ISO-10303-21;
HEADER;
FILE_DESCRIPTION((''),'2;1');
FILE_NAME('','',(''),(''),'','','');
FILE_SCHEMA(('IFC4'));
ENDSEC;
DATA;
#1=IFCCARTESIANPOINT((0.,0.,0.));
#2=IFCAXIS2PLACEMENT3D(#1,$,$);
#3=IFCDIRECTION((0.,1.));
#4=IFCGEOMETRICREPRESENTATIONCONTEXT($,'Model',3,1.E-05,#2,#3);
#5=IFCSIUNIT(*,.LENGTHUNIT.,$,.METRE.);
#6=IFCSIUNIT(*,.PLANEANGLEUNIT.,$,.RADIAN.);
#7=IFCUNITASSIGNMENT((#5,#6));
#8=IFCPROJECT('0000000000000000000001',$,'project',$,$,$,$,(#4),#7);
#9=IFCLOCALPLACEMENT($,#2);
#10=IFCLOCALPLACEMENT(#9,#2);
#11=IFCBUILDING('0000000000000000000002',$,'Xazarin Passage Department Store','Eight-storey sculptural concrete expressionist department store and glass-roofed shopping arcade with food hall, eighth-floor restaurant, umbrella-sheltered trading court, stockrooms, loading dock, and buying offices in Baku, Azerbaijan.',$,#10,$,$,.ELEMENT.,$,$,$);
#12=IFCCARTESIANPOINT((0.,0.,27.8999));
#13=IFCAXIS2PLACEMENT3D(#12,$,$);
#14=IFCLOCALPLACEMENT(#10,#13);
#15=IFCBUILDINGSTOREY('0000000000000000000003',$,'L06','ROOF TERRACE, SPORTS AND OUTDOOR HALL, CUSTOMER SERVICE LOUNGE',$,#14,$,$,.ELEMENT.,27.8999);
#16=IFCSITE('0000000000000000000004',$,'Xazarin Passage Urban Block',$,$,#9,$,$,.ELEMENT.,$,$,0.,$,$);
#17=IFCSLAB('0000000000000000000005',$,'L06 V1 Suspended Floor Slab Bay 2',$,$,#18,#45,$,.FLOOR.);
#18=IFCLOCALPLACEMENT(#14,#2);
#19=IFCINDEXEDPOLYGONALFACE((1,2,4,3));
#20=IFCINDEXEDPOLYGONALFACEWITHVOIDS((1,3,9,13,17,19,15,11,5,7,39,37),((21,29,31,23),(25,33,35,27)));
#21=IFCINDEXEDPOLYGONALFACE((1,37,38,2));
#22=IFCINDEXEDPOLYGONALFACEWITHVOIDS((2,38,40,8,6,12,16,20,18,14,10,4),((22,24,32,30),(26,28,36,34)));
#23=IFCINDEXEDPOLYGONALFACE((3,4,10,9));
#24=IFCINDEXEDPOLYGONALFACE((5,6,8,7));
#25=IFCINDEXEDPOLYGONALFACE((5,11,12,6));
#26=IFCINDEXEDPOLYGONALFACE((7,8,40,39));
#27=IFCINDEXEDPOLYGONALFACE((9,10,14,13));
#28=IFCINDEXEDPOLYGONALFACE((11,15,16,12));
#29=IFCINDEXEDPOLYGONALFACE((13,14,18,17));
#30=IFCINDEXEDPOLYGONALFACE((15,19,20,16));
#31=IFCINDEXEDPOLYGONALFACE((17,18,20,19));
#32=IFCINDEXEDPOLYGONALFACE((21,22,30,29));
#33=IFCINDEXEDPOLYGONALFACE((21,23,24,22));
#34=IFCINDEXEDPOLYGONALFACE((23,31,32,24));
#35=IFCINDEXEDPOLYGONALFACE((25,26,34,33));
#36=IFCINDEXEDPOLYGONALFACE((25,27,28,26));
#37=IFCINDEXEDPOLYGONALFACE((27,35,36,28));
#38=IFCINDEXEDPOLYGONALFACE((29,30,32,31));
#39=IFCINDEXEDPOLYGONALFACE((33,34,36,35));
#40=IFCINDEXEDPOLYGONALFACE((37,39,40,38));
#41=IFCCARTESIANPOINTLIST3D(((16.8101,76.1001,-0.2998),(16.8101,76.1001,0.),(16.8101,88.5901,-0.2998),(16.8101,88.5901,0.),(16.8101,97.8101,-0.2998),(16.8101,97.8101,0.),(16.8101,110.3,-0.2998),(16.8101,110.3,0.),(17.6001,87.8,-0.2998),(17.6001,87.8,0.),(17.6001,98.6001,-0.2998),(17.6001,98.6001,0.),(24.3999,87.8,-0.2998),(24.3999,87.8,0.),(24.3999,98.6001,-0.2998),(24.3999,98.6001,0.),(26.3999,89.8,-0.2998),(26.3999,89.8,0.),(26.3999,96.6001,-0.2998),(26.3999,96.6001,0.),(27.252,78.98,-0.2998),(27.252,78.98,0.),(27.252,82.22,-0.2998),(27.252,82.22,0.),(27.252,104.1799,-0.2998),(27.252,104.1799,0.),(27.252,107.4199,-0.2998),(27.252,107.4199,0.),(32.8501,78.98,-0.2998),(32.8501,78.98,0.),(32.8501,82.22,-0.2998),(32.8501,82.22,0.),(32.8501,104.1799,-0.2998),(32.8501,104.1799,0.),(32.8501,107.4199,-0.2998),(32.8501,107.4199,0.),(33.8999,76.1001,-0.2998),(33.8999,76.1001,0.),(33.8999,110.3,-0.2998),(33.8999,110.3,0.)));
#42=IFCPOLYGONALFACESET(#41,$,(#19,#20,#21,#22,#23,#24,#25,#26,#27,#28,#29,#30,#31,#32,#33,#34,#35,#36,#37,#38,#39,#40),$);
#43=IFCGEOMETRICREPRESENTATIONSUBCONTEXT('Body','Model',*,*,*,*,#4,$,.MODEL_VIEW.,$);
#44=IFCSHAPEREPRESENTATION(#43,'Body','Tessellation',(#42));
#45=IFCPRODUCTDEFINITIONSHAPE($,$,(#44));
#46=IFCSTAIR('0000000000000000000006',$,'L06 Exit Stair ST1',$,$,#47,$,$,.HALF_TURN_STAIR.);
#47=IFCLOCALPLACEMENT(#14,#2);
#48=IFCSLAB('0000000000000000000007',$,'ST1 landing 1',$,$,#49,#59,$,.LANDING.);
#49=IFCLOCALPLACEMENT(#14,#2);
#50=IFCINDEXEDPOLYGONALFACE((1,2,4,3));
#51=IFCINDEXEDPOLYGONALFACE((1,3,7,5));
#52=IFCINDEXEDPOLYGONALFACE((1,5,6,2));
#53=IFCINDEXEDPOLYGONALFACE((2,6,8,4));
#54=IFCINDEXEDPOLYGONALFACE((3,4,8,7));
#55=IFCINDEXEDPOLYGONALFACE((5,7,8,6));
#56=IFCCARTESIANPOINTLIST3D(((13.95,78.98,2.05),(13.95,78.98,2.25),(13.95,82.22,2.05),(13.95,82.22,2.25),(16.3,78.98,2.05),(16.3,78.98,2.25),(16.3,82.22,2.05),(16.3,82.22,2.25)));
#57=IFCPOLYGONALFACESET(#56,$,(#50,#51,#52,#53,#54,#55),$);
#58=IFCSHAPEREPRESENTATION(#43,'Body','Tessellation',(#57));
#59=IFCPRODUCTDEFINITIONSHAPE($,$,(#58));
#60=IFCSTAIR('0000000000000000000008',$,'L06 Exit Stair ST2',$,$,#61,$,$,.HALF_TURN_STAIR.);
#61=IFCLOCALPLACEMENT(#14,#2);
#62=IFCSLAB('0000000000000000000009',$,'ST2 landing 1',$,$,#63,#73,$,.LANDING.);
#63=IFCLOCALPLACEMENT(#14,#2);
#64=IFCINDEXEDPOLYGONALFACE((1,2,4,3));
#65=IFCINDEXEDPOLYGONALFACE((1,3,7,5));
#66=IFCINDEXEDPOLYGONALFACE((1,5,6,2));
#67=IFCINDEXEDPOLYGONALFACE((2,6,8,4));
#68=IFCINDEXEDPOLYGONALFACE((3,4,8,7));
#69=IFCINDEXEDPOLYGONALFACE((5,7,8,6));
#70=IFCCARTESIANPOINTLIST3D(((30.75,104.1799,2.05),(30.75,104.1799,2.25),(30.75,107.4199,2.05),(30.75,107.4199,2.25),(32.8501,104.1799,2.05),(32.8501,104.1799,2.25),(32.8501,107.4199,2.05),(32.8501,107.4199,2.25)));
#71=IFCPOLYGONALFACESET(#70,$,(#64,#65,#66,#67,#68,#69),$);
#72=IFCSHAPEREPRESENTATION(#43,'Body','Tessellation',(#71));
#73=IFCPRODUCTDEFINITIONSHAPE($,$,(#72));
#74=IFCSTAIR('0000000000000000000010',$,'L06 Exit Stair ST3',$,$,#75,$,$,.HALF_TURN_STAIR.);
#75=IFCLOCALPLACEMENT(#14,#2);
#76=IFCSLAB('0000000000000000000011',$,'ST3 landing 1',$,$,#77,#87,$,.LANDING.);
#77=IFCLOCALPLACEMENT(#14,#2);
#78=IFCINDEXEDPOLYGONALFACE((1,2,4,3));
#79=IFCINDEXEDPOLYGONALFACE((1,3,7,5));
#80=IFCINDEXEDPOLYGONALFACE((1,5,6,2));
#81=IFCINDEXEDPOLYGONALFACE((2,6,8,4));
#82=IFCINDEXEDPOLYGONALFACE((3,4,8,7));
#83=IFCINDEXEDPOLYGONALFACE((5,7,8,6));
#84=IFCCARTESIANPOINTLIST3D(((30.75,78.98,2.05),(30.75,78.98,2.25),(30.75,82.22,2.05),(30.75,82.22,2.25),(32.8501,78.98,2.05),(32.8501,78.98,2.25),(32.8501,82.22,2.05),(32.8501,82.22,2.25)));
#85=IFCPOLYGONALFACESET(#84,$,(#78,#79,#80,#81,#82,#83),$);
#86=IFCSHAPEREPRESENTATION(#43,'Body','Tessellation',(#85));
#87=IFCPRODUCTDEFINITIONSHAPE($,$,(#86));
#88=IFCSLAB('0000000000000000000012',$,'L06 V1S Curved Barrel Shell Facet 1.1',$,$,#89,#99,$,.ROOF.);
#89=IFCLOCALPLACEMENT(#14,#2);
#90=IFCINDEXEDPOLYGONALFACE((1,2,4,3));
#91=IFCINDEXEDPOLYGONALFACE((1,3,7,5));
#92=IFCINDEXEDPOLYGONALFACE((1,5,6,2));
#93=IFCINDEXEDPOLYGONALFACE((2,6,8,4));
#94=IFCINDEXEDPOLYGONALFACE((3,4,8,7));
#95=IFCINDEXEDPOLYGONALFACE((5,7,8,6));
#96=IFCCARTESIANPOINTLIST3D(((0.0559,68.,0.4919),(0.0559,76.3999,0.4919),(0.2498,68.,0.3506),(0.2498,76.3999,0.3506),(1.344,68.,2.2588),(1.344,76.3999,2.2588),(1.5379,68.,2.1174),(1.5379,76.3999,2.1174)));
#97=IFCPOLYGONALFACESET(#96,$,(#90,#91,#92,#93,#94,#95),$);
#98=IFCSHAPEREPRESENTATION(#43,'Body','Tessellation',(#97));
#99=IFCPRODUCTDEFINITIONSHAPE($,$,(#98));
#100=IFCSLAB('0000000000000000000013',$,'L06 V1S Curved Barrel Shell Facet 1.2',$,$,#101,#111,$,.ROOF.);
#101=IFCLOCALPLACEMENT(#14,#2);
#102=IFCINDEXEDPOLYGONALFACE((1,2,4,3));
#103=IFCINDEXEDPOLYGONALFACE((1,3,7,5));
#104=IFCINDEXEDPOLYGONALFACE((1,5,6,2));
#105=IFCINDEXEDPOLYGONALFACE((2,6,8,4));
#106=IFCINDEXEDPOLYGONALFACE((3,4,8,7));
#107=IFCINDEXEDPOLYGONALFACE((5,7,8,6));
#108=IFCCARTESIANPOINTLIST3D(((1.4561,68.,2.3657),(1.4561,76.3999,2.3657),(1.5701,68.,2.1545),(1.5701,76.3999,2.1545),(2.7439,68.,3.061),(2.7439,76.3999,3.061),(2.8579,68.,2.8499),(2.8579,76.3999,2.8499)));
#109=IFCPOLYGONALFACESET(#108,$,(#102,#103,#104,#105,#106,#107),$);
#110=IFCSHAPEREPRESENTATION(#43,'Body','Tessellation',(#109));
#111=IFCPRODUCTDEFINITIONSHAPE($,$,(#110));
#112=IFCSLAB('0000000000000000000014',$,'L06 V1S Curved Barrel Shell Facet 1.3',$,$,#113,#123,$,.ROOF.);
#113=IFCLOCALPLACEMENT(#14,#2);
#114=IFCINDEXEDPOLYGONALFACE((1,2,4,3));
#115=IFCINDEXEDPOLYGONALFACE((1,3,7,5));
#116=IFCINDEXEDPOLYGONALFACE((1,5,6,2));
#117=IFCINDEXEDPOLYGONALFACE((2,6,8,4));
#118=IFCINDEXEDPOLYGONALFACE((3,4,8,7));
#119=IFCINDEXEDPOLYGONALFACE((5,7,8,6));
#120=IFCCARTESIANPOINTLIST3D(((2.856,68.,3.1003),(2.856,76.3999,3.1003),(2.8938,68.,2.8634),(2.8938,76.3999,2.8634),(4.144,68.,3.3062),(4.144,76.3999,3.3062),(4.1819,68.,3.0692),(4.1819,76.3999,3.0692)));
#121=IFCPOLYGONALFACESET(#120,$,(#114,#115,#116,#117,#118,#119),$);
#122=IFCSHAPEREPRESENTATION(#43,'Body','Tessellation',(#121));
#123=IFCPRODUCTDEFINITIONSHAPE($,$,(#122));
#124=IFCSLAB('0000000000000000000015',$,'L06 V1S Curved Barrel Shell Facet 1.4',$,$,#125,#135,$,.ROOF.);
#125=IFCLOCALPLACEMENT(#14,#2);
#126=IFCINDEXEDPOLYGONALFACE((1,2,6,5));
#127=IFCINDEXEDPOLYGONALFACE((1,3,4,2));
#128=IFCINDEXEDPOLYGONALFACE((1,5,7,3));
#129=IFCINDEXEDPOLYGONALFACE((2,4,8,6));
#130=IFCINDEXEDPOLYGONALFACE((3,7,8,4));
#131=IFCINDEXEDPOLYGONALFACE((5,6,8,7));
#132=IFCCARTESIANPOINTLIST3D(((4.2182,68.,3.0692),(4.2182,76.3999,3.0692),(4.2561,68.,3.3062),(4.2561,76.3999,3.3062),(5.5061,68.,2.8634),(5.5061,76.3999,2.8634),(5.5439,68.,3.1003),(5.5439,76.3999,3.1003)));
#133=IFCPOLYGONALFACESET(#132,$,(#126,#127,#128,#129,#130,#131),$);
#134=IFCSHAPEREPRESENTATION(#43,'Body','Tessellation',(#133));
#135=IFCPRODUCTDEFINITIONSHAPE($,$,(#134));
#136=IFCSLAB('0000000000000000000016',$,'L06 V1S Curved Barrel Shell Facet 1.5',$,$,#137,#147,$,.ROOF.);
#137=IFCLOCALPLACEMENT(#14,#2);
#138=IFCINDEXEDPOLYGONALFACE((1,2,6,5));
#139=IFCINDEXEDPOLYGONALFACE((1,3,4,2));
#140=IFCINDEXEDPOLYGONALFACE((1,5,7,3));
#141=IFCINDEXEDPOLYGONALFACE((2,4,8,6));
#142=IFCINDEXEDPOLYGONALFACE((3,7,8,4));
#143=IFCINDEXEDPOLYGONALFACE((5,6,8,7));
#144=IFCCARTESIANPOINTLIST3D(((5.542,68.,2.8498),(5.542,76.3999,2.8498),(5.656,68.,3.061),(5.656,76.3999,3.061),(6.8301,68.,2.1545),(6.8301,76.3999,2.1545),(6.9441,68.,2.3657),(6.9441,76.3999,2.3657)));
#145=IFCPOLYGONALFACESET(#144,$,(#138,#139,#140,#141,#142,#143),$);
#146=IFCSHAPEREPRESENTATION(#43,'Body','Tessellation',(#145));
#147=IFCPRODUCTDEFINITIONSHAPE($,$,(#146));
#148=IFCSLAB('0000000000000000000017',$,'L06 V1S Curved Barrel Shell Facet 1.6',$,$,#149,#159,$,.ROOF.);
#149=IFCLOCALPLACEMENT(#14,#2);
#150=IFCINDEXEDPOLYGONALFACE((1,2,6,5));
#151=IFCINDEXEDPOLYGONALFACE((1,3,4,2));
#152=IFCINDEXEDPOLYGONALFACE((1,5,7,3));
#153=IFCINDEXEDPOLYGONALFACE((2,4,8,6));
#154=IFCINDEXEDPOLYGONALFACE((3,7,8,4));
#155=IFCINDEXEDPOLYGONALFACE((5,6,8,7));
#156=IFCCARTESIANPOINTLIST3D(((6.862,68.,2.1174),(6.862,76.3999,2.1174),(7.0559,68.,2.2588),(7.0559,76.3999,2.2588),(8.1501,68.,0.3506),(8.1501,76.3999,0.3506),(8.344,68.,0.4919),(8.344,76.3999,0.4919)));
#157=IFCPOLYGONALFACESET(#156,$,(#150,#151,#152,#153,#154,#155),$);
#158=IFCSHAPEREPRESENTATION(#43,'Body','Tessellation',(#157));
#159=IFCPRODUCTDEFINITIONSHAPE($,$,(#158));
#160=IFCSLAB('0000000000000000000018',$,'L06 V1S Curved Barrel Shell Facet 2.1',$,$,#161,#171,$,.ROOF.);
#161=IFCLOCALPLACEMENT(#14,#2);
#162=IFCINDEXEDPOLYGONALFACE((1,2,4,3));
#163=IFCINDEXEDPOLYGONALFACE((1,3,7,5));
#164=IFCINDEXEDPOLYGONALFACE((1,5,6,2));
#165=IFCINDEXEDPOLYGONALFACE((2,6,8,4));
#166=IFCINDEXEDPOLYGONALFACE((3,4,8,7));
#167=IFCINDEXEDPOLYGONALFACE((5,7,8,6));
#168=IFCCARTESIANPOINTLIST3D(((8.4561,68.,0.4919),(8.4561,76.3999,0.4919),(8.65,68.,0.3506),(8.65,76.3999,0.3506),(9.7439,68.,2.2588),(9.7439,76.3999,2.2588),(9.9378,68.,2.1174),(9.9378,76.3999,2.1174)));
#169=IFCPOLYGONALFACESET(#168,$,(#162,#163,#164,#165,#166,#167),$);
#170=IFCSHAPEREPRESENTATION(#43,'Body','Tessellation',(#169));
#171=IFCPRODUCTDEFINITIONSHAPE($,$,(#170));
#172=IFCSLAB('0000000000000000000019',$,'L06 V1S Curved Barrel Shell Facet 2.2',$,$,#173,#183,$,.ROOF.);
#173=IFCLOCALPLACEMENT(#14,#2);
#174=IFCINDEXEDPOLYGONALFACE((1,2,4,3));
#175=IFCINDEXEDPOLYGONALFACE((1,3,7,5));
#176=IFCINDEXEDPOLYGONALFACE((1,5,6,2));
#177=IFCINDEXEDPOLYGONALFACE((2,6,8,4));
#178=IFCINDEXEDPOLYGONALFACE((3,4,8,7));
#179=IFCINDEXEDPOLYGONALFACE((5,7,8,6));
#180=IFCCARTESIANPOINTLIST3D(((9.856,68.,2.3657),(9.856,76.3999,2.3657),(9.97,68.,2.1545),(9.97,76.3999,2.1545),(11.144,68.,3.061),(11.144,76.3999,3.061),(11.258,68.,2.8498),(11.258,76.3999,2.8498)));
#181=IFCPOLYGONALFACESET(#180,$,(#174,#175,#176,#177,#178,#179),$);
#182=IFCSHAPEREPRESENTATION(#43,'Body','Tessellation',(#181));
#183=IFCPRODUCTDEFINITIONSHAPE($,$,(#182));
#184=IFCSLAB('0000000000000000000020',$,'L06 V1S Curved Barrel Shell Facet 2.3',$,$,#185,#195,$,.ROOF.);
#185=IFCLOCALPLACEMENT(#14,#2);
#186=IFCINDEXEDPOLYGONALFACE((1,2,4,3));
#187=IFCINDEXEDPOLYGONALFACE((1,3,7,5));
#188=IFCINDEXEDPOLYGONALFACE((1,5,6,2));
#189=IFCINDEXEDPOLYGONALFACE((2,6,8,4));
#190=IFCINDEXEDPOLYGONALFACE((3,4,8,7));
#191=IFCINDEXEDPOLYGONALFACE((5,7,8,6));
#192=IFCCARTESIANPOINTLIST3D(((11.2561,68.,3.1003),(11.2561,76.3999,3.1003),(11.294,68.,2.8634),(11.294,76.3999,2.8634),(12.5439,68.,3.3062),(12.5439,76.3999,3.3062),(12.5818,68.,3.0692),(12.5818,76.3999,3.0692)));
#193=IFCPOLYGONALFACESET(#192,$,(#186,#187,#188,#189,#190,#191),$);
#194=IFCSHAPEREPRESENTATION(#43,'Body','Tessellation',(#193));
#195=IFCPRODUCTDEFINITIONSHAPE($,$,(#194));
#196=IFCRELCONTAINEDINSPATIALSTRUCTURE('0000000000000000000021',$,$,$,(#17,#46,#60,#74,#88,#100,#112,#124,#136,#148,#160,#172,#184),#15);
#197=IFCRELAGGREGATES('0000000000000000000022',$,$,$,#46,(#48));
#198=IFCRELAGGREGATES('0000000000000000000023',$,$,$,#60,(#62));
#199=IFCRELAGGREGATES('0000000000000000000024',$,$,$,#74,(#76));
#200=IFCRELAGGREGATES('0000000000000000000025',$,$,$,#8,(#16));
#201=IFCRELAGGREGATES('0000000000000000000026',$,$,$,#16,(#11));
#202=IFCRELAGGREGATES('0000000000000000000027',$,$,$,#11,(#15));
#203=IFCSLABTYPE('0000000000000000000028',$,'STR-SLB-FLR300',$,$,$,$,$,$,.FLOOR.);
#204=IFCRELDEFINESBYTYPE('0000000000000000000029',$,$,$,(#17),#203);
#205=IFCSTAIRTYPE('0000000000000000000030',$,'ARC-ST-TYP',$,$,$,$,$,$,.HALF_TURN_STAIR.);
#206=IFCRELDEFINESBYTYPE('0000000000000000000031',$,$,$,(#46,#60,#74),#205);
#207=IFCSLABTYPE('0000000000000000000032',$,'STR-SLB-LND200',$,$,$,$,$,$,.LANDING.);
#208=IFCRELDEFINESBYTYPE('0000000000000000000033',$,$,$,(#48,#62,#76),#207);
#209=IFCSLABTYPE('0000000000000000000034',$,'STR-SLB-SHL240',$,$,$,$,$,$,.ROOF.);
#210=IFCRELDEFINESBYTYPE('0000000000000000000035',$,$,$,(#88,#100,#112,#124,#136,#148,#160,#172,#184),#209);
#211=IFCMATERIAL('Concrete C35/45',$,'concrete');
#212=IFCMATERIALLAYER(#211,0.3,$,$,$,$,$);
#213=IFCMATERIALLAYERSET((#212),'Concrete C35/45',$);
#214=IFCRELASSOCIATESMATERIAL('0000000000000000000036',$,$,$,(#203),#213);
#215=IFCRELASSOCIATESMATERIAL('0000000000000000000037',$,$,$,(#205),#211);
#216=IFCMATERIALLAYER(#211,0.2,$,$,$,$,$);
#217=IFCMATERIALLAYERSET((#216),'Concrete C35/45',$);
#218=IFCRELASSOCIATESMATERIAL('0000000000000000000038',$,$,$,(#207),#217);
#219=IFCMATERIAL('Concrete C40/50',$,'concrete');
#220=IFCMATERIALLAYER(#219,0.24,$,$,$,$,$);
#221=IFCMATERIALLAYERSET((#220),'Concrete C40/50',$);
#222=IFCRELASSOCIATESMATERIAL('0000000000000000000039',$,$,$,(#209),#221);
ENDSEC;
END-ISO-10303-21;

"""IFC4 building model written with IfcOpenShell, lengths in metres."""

from ifc_helpers import new_model, si_unit, direction, frame, origin, place, context, subcontext, project, spatial, polyline, outline, extrude, material, layer, layer_set, type_object, element, aggregate, save


model = new_model("IFC4")

# Units and contexts
model_context = context("Model", 3, precision=1e-05, world=origin(), true_north=direction((0.0, 1.0)))
body_context = subcontext(model_context, "Body", "Model", "MODEL_VIEW")
ifc_project = project(units=[si_unit("LENGTHUNIT", "METRE"), si_unit("PLANEANGLEUNIT", "RADIAN")], contexts=[model_context])

# Site, building, storey
site_placement = place(None, origin())
site = spatial("IfcSite", under=ifc_project, at=site_placement, Name="Xazarin Passage Urban Block", CompositionType="ELEMENT", RefElevation=0.0)
building_placement = place(site_placement, origin())
building = spatial("IfcBuilding", under=site, at=building_placement, Name="Xazarin Passage Department Store", Description="Eight-storey sculptural concrete expressionist department store and glass-roofed shopping arcade with food hall, eighth-floor restaurant, umbrella-sheltered trading court, stockrooms, loading dock, and buying offices in Baku, Azerbaijan.", CompositionType="ELEMENT")
storey_placement = place(building_placement, frame((0.0, 0.0, 27.8999)))
storey = spatial("IfcBuildingStorey", under=building, at=storey_placement, Name="L06", Description="ROOF TERRACE, SPORTS AND OUTDOOR HALL, CUSTOMER SERVICE LOUNGE", CompositionType="ELEMENT", Elevation=27.8999)

# Slab
ifc_material_1 = material(Name="Concrete C35/45", Category="concrete")
ifc_layer_1 = layer(ifc_material_1, 0.3)
ifc_layer_set_1 = layer_set([ifc_layer_1], Name="Concrete C35/45")
slab_type_1 = type_object("IfcSlabType", Name="STR-SLB-FLR300", PredefinedType="FLOOR", material=ifc_layer_set_1)
slab_1_placement = place(storey_placement, frame((0.0, 0.0, -0.2998)))
element("IfcSlab", 1, at=slab_1_placement, inside=storey, type_object=slab_type_1, Name="L06 V1 Suspended Floor Slab Bay 2", PredefinedType="FLOOR", context=body_context, shape_type="SweptSolid", body=[
    extrude(outline(polyline([(33.8999, 76.1001), (33.8999, 110.3), (16.8101, 110.3), (16.8101, 97.8101), (17.6001, 98.6001), (24.3999, 98.6001), (26.3999, 96.6001), (26.3999, 89.8), (24.3999, 87.8), (17.6001, 87.8), (16.8101, 88.5901), (16.8101, 76.1001), (33.8999, 76.1001)]), holes=[polyline([(32.8501, 82.22), (32.8501, 78.98), (27.252, 78.98), (27.252, 82.22), (32.8501, 82.22)]), polyline([(32.8501, 107.4199), (32.8501, 104.1799), (27.252, 104.1799), (27.252, 107.4199), (32.8501, 107.4199)])]), origin(), (0.0, 0.0, 1.0), 0.2998),
])

# Stairs, slabs
stair_type = type_object("IfcStairType", Name="ARC-ST-TYP", PredefinedType="HALF_TURN_STAIR", material=ifc_material_1)
stair_1_placement = place(storey_placement, origin())
stair_1 = element("IfcStair", 2, at=stair_1_placement, inside=storey, type_object=stair_type, Name="L06 Exit Stair ST1", PredefinedType="HALF_TURN_STAIR")
ifc_layer_2 = layer(ifc_material_1, 0.2)
ifc_layer_set_2 = layer_set([ifc_layer_2], Name="Concrete C35/45")
slab_type_2 = type_object("IfcSlabType", Name="STR-SLB-LND200", PredefinedType="LANDING", material=ifc_layer_set_2)
slab_2_placement = place(storey_placement, frame((0.0, 0.0, 2.05)))
slab_2 = element("IfcSlab", 3, at=slab_2_placement, type_object=slab_type_2, Name="ST1 landing 1", PredefinedType="LANDING", context=body_context, shape_type="SweptSolid", body=[
    extrude(outline(polyline([(13.95, 78.98), (16.3, 78.98), (16.3, 82.22), (13.95, 82.22), (13.95, 78.98)])), origin(), (0.0, 0.0, 1.0), 0.2),
])
aggregate(stair_1, [slab_2])
stair_2_placement = place(storey_placement, origin())
stair_2 = element("IfcStair", 4, at=stair_2_placement, inside=storey, type_object=stair_type, Name="L06 Exit Stair ST2", PredefinedType="HALF_TURN_STAIR")
slab_3_placement = place(storey_placement, frame((0.0, 0.0, 2.05)))
slab_3 = element("IfcSlab", 5, at=slab_3_placement, type_object=slab_type_2, Name="ST2 landing 1", PredefinedType="LANDING", context=body_context, shape_type="SweptSolid", body=[
    extrude(outline(polyline([(30.75, 104.1799), (32.8501, 104.1799), (32.8501, 107.4199), (30.75, 107.4199), (30.75, 104.1799)])), origin(), (0.0, 0.0, 1.0), 0.2),
])
aggregate(stair_2, [slab_3])
stair_3_placement = place(storey_placement, origin())
stair_3 = element("IfcStair", 6, at=stair_3_placement, inside=storey, type_object=stair_type, Name="L06 Exit Stair ST3", PredefinedType="HALF_TURN_STAIR")
slab_4_placement = place(storey_placement, frame((0.0, 0.0, 2.05)))
slab_4 = element("IfcSlab", 7, at=slab_4_placement, type_object=slab_type_2, Name="ST3 landing 1", PredefinedType="LANDING", context=body_context, shape_type="SweptSolid", body=[
    extrude(outline(polyline([(30.75, 78.98), (32.8501, 78.98), (32.8501, 82.22), (30.75, 82.22), (30.75, 78.98)])), origin(), (0.0, 0.0, 1.0), 0.2),
])
aggregate(stair_3, [slab_4])

# Slabs
ifc_material_2 = material(Name="Concrete C40/50", Category="concrete")
ifc_layer_3 = layer(ifc_material_2, 0.24)
ifc_layer_set_3 = layer_set([ifc_layer_3], Name="Concrete C40/50")
slab_type_3 = type_object("IfcSlabType", Name="STR-SLB-SHL240", PredefinedType="ROOF", material=ifc_layer_set_3)
slab_5_placement = place(storey_placement, frame((0.0559, 68.0, 0.4919), z_axis=(-0.80806, 0.0, 0.589101), x_axis=(0.589101, 0.0, 0.80806)))
element("IfcSlab", 8, at=slab_5_placement, inside=storey, type_object=slab_type_3, Name="L06 V1S Curved Barrel Shell Facet 1.1", PredefinedType="ROOF", context=body_context, shape_type="SweptSolid", body=[
    extrude(outline(polyline([(0.0, 0.0), (2.1865, 0.0), (2.1865, 8.3999), (0.0, 8.3999), (0.0, 0.0)])), origin(), (0.0, 0.0, -1.0), 0.24),
])
slab_6_placement = place(storey_placement, frame((1.4561, 68.0, 2.3657), z_axis=(-0.475084, 0.0, 0.87994), x_axis=(0.87994, 0.0, 0.475084)))
element("IfcSlab", 9, at=slab_6_placement, inside=storey, type_object=slab_type_3, Name="L06 V1S Curved Barrel Shell Facet 1.2", PredefinedType="ROOF", context=body_context, shape_type="SweptSolid", body=[
    extrude(outline(polyline([(0.0, 0.0), (1.4636, 0.0), (1.4636, 8.3999), (0.0, 8.3999), (0.0, 0.0)])), origin(), (0.0, 0.0, -1.0), 0.24),
])
slab_7_placement = place(storey_placement, frame((2.856, 68.0, 3.1003), z_axis=(-0.157779, 0.0, 0.987474), x_axis=(0.987474, 0.0, 0.157779)))
element("IfcSlab", 10, at=slab_7_placement, inside=storey, type_object=slab_type_3, Name="L06 V1S Curved Barrel Shell Facet 1.3", PredefinedType="ROOF", context=body_context, shape_type="SweptSolid", body=[
    extrude(outline(polyline([(0.0, 0.0), (1.3044, 0.0), (1.3044, 8.3999), (0.0, 8.3999), (0.0, 0.0)])), origin(), (0.0, 0.0, -1.0), 0.24),
])
slab_8_placement = place(storey_placement, frame((4.2561, 68.0, 3.3062), z_axis=(0.157808, 0.0, 0.98747), x_axis=(0.98747, 0.0, -0.157808)))
element("IfcSlab", 11, at=slab_8_placement, inside=storey, type_object=slab_type_3, Name="L06 V1S Curved Barrel Shell Facet 1.4", PredefinedType="ROOF", context=body_context, shape_type="SweptSolid", body=[
    extrude(outline(polyline([(0.0, 0.0), (1.3042, 0.0), (1.3042, 8.3999), (0.0, 8.3999), (0.0, 0.0)])), origin(), (0.0, 0.0, -1.0), 0.24),
])
slab_9_placement = place(storey_placement, frame((5.656, 68.0, 3.061), z_axis=(0.475015, 0.0, 0.879978), x_axis=(0.879978, 0.0, -0.475015)))
element("IfcSlab", 12, at=slab_9_placement, inside=storey, type_object=slab_type_3, Name="L06 V1S Curved Barrel Shell Facet 1.5", PredefinedType="ROOF", context=body_context, shape_type="SweptSolid", body=[
    extrude(outline(polyline([(0.0, 0.0), (1.4638, 0.0), (1.4638, 8.3999), (0.0, 8.3999), (0.0, 0.0)])), origin(), (0.0, 0.0, -1.0), 0.24),
])
slab_10_placement = place(storey_placement, frame((7.0559, 68.0, 2.2588), z_axis=(0.80806, 0.0, 0.589101), x_axis=(0.589101, 0.0, -0.80806)))
element("IfcSlab", 13, at=slab_10_placement, inside=storey, type_object=slab_type_3, Name="L06 V1S Curved Barrel Shell Facet 1.6", PredefinedType="ROOF", context=body_context, shape_type="SweptSolid", body=[
    extrude(outline(polyline([(0.0, 0.0), (2.1865, 0.0), (2.1865, 8.3999), (0.0, 8.3999), (0.0, 0.0)])), origin(), (0.0, 0.0, -1.0), 0.24),
])
slab_11_placement = place(storey_placement, frame((8.4561, 68.0, 0.4919), z_axis=(-0.808113, 0.0, 0.589028), x_axis=(0.589028, 0.0, 0.808113)))
element("IfcSlab", 14, at=slab_11_placement, inside=storey, type_object=slab_type_3, Name="L06 V1S Curved Barrel Shell Facet 2.1", PredefinedType="ROOF", context=body_context, shape_type="SweptSolid", body=[
    extrude(outline(polyline([(0.0, 0.0), (2.1864, 0.0), (2.1864, 8.3999), (0.0, 8.3999), (0.0, 0.0)])), origin(), (0.0, 0.0, -1.0), 0.24),
])
slab_12_placement = place(storey_placement, frame((9.856, 68.0, 2.3657), z_axis=(-0.475015, 0.0, 0.879978), x_axis=(0.879978, 0.0, 0.475015)))
element("IfcSlab", 15, at=slab_12_placement, inside=storey, type_object=slab_type_3, Name="L06 V1S Curved Barrel Shell Facet 2.2", PredefinedType="ROOF", context=body_context, shape_type="SweptSolid", body=[
    extrude(outline(polyline([(0.0, 0.0), (1.4638, 0.0), (1.4638, 8.3999), (0.0, 8.3999), (0.0, 0.0)])), origin(), (0.0, 0.0, -1.0), 0.24),
])
slab_13_placement = place(storey_placement, frame((11.2561, 68.0, 3.1003), z_axis=(-0.157808, 0.0, 0.98747), x_axis=(0.98747, 0.0, 0.157808)))
element("IfcSlab", 16, at=slab_13_placement, inside=storey, type_object=slab_type_3, Name="L06 V1S Curved Barrel Shell Facet 2.3", PredefinedType="ROOF", context=body_context, shape_type="SweptSolid", body=[
    extrude(outline(polyline([(0.0, 0.0), (1.3042, 0.0), (1.3042, 8.3999), (0.0, 8.3999), (0.0, 0.0)])), origin(), (0.0, 0.0, -1.0), 0.24),
])

save(model, "model.ifc")
